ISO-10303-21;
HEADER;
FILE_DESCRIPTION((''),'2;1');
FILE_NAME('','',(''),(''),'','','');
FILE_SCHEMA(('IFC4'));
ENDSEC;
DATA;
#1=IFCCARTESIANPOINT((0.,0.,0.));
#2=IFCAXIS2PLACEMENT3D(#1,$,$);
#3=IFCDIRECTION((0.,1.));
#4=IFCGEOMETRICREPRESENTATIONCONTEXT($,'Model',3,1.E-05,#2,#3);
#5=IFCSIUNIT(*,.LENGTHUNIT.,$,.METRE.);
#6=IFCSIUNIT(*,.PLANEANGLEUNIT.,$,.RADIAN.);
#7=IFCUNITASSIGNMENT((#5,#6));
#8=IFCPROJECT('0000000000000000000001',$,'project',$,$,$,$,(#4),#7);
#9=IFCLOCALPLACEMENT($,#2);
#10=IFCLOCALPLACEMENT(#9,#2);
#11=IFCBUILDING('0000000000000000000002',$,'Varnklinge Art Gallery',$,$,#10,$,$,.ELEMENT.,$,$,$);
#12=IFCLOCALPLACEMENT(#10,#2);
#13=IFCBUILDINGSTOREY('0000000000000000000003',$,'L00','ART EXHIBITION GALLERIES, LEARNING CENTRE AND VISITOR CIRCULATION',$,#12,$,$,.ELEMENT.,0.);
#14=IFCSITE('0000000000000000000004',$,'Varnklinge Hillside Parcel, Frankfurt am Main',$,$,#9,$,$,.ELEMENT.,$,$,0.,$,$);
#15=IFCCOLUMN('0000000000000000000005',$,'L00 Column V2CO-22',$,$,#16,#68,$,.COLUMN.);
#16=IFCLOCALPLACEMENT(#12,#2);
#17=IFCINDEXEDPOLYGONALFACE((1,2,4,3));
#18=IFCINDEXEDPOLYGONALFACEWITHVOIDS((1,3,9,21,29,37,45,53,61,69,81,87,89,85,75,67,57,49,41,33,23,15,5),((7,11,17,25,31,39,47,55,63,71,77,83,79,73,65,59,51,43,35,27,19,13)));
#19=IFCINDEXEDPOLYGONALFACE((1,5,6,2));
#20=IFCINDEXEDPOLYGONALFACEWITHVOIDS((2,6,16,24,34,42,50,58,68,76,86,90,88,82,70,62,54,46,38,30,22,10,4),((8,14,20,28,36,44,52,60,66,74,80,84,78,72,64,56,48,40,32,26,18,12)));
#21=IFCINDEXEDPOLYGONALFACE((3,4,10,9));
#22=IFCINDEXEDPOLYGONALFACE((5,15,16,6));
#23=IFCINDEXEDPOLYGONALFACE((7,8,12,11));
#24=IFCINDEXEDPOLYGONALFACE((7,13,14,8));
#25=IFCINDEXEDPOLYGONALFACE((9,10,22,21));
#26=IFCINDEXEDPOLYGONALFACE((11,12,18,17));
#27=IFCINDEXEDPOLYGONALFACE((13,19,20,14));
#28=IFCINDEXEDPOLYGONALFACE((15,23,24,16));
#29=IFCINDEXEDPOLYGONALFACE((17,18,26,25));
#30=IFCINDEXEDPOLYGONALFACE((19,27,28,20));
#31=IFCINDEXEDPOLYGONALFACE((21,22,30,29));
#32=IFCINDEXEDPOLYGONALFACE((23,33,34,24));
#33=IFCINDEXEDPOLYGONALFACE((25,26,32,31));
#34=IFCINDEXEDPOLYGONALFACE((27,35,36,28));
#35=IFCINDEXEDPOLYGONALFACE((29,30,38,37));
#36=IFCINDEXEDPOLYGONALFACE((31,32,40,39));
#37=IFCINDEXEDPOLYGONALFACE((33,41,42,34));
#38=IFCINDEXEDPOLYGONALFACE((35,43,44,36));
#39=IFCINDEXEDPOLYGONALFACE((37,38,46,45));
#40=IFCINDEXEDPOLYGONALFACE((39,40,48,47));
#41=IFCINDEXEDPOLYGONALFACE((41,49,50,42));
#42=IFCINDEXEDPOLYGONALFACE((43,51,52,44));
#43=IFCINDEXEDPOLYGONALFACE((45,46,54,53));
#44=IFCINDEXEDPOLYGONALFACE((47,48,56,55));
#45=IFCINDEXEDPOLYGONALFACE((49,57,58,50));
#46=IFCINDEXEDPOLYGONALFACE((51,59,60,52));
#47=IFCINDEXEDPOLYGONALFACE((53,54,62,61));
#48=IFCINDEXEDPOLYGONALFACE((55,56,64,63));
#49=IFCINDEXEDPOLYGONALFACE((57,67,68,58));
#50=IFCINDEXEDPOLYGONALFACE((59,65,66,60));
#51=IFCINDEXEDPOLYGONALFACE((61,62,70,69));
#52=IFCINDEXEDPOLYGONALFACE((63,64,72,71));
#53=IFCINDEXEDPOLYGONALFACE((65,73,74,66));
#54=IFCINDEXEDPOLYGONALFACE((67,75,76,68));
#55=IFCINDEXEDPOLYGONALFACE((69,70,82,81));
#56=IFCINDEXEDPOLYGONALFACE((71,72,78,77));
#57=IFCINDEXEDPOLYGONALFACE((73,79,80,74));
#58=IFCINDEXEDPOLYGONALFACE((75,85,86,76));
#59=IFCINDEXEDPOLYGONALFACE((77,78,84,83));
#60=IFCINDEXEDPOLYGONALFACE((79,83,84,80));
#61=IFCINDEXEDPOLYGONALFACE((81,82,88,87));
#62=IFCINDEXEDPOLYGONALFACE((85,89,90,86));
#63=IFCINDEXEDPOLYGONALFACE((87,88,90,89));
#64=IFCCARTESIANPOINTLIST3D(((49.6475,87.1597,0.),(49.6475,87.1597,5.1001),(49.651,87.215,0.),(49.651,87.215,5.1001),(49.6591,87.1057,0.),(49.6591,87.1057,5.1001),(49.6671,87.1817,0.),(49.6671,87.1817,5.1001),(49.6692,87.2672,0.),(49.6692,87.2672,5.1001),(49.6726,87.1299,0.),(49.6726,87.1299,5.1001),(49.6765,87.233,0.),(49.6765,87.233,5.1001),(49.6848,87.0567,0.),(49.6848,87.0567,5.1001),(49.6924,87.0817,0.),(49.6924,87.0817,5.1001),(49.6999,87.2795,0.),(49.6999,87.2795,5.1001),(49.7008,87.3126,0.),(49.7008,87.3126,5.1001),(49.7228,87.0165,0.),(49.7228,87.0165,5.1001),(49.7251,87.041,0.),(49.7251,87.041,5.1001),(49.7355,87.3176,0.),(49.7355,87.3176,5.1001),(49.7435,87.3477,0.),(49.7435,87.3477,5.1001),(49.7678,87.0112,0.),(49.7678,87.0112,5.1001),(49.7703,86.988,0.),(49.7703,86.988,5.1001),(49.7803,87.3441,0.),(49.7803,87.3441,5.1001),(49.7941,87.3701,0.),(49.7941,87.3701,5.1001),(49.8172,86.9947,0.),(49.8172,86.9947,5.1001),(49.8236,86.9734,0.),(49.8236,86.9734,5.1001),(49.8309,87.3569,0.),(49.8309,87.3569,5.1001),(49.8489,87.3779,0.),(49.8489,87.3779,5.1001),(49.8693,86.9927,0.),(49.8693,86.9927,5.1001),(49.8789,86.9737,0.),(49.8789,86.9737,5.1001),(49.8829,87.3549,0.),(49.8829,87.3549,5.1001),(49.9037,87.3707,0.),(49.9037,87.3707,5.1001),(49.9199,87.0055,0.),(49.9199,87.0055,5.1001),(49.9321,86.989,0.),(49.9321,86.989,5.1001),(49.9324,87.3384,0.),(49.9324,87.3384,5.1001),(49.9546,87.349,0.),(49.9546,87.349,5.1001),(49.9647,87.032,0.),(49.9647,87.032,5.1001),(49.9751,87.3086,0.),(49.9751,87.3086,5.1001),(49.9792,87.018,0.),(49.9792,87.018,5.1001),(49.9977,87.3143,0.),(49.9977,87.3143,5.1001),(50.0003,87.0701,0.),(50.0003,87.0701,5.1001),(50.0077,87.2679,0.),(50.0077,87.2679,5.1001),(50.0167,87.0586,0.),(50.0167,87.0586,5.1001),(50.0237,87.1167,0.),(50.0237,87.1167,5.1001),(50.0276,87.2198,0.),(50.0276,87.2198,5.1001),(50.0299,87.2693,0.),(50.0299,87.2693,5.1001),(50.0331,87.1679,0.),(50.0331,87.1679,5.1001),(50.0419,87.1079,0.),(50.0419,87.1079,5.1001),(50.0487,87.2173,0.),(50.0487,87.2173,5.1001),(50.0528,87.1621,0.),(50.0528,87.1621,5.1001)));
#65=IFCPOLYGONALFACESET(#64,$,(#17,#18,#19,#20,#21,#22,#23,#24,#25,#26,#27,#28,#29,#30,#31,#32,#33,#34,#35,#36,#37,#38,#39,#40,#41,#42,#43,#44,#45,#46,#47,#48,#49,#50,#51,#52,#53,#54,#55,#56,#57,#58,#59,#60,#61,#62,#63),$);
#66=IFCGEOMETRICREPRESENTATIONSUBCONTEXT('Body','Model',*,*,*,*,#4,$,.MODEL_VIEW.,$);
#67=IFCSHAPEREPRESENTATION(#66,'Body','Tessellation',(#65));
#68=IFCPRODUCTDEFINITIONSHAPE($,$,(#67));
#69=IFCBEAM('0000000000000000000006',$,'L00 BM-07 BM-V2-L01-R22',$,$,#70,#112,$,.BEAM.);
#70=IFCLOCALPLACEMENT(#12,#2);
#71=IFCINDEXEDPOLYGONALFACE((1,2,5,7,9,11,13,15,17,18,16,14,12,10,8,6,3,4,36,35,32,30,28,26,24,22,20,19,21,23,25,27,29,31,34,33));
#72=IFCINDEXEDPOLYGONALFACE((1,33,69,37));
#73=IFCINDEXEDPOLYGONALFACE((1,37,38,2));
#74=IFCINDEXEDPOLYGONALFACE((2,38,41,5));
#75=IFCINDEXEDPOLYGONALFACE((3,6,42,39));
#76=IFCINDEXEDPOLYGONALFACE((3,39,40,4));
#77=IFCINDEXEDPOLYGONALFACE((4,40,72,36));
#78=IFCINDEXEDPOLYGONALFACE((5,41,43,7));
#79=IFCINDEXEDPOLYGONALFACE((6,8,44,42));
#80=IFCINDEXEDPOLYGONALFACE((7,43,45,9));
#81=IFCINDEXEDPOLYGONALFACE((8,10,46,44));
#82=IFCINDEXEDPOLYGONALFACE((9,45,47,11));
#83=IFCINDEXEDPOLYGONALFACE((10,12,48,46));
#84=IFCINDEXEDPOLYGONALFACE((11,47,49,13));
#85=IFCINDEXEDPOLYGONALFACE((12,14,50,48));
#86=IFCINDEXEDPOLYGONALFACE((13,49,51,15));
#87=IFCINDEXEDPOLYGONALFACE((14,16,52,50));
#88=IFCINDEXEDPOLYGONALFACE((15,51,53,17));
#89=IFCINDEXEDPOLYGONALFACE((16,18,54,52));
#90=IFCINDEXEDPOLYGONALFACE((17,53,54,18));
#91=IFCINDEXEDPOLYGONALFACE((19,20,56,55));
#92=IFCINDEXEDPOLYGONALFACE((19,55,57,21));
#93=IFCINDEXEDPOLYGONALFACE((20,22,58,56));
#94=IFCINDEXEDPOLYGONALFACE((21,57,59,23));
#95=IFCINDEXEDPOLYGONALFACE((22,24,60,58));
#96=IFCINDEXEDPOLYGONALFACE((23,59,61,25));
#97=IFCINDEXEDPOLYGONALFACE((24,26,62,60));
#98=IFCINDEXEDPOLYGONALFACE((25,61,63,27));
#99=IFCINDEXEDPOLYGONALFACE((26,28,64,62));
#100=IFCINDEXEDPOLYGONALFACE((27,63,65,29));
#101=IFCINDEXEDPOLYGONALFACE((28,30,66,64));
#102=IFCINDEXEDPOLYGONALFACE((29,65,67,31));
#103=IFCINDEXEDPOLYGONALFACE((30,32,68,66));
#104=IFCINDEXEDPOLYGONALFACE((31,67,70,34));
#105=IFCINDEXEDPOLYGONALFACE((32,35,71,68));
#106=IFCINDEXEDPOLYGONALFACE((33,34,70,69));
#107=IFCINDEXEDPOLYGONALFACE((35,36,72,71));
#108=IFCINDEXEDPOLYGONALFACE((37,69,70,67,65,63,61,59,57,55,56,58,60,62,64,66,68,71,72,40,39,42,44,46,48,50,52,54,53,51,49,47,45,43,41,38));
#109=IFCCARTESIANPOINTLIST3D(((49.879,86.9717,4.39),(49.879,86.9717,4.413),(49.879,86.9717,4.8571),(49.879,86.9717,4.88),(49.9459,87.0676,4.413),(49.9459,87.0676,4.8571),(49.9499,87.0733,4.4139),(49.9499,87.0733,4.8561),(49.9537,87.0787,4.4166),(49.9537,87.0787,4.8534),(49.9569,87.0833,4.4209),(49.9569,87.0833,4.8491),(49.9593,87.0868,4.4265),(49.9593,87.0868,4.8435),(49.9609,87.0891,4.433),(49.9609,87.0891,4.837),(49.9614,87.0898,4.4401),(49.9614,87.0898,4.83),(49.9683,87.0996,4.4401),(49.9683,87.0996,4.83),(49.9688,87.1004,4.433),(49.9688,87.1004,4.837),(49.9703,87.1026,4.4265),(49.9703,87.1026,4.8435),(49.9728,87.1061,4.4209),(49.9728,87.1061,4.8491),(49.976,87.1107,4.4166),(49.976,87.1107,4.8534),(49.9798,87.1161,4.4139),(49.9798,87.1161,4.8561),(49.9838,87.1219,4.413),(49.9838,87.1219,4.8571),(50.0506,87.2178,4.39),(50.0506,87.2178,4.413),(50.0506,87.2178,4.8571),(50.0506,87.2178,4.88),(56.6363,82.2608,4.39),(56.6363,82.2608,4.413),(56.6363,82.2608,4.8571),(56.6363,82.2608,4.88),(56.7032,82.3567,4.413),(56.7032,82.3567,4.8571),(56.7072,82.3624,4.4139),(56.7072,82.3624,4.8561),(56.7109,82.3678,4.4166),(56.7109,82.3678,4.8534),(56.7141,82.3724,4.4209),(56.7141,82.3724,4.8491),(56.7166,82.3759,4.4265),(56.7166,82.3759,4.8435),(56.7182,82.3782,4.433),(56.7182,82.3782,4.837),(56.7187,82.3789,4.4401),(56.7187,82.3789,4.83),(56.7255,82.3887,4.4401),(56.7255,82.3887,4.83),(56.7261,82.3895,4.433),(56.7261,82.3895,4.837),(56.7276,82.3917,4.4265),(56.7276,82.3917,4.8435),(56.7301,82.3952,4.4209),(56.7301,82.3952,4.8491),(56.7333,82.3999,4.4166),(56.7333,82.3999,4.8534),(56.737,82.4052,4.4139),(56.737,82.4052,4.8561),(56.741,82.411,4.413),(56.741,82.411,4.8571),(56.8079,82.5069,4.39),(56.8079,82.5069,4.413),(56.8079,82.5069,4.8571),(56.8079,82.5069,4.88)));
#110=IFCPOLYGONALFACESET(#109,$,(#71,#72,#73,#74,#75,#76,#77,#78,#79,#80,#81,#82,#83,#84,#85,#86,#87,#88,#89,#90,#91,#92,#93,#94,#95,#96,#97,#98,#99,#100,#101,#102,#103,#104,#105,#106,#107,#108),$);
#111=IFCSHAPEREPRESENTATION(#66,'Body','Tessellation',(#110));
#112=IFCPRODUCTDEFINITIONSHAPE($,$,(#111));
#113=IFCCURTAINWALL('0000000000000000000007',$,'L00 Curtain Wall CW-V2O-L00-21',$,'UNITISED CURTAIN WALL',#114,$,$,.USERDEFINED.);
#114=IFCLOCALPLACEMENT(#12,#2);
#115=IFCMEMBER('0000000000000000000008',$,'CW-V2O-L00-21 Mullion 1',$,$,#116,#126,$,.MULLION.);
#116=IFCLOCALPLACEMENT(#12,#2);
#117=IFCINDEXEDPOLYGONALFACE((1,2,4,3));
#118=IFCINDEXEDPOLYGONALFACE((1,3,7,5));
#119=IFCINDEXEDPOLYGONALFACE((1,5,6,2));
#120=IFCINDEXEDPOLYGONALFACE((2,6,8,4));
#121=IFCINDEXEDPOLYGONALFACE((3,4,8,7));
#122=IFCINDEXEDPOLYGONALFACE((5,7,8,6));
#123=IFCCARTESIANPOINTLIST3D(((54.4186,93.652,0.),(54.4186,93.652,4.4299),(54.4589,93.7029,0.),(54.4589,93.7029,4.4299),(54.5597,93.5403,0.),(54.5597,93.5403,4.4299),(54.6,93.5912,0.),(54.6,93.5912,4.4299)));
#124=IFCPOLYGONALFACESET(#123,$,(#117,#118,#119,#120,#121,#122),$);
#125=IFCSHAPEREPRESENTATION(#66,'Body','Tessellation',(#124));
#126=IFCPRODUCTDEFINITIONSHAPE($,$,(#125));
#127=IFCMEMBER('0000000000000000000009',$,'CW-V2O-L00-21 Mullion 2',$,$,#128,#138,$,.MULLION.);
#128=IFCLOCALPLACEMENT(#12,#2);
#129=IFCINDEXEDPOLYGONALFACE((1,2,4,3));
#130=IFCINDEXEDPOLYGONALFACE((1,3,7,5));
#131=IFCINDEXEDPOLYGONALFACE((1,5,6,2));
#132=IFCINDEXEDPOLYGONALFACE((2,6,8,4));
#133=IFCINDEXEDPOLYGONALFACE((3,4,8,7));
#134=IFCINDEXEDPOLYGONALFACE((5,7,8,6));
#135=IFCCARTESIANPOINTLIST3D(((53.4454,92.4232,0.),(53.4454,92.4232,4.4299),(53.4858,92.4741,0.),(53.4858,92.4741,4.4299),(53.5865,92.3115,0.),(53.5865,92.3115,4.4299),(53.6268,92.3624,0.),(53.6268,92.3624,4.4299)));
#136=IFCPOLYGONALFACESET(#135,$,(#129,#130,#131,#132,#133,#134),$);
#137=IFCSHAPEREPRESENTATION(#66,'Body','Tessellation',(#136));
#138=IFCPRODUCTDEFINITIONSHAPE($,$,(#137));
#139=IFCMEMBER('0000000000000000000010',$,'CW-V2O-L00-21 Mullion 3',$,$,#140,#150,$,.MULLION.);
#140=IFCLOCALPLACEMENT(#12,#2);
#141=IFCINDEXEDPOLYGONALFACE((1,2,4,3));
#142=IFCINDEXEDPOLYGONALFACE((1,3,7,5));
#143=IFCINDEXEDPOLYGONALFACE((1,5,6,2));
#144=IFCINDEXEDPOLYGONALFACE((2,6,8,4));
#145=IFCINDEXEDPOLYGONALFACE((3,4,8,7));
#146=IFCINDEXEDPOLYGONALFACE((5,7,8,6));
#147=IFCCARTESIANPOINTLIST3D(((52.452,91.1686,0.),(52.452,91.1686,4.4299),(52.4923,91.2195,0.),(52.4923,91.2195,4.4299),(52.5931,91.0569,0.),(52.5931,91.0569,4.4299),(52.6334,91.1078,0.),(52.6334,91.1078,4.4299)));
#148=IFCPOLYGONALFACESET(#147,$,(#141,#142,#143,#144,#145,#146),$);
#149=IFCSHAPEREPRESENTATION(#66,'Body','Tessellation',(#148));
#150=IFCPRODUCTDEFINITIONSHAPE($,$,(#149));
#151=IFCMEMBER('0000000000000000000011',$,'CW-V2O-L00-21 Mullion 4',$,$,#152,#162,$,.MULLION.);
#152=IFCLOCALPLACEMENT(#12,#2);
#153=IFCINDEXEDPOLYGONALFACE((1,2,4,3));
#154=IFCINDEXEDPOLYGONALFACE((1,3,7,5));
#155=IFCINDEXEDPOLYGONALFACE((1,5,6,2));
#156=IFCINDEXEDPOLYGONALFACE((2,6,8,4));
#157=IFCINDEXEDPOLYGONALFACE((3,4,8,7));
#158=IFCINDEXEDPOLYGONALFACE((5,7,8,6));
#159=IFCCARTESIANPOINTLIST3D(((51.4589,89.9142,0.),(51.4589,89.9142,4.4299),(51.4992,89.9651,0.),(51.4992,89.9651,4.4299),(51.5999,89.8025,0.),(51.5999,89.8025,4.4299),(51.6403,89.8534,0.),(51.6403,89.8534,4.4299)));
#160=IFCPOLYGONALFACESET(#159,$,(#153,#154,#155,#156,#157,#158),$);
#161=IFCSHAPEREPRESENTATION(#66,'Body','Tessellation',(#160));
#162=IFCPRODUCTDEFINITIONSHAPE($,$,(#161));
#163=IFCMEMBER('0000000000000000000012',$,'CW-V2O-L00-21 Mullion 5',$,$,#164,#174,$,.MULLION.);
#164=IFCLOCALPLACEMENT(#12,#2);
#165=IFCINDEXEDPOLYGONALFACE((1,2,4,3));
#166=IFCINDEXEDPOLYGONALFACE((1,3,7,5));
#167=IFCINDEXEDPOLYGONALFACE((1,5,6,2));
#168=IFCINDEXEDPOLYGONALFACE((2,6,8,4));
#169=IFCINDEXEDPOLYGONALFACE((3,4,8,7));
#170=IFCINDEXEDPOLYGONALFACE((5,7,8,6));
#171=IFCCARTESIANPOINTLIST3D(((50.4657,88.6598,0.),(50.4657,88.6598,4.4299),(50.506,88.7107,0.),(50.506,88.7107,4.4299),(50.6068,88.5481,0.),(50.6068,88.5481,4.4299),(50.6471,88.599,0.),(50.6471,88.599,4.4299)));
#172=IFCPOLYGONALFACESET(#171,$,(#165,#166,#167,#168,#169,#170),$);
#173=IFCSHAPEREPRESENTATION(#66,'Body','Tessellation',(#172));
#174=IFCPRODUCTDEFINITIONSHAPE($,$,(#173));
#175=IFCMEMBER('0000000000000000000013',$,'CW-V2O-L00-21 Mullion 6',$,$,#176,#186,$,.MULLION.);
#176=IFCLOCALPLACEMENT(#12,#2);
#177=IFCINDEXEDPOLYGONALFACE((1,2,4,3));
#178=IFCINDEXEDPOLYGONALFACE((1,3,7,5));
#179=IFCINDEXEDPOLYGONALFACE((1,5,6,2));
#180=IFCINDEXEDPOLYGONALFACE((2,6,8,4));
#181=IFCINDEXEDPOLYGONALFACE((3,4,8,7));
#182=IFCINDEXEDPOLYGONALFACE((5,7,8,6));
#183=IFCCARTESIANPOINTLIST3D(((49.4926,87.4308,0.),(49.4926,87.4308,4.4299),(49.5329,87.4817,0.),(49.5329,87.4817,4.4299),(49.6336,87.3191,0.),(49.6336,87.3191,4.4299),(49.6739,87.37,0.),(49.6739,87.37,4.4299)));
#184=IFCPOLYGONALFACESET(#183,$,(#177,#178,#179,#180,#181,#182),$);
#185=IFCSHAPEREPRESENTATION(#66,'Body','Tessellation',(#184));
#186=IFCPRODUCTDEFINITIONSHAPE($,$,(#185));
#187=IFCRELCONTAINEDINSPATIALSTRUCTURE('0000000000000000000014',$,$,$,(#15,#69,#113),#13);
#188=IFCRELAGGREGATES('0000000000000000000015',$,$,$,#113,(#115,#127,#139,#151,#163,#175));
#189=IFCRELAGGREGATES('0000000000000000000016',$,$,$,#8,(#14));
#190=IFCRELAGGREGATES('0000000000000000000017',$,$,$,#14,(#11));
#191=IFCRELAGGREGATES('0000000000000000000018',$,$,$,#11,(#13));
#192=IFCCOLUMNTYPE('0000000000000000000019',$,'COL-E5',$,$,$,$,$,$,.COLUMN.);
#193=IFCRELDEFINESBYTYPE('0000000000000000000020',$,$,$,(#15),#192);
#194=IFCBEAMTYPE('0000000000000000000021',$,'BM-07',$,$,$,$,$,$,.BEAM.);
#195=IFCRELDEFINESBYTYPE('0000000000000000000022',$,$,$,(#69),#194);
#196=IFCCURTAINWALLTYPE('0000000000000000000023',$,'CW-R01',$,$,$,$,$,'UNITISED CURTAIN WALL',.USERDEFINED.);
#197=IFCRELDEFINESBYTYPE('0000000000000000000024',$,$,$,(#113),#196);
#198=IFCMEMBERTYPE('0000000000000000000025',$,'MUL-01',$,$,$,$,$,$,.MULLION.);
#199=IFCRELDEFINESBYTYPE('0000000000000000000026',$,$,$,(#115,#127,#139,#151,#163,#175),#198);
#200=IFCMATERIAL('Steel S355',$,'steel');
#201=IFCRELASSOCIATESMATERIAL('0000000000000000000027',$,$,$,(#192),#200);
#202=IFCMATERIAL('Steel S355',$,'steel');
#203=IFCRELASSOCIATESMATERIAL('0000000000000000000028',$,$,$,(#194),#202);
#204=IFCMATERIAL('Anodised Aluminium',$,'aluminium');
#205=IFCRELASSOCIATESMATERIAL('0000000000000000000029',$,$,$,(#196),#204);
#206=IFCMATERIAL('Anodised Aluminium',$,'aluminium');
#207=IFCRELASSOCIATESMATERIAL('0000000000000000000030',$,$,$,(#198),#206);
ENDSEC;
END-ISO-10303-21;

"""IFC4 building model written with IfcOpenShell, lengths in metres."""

from ifc_helpers import new_model, si_unit, direction, frame, origin, origin_2d, place, context, subcontext, project, spatial, rectangle, hollow_circle, i_section, extrude, material, material_profile, profile_set, type_object, element, aggregate, save


model = new_model("IFC4")

# Units and contexts
model_context = context("Model", 3, precision=1e-05, world=origin(), true_north=direction((0.0, 1.0)))
body_context = subcontext(model_context, "Body", "Model", "MODEL_VIEW")
ifc_project = project(units=[si_unit("LENGTHUNIT", "METRE"), si_unit("PLANEANGLEUNIT", "RADIAN")], contexts=[model_context])

# Site, building, storey
site_placement = place(None, origin())
site = spatial("IfcSite", under=ifc_project, at=site_placement, Name="Varnklinge Hillside Parcel, Frankfurt am Main", CompositionType="ELEMENT", RefElevation=0.0)
building_placement = place(site_placement, origin())
building = spatial("IfcBuilding", under=site, at=building_placement, Name="Varnklinge Art Gallery", CompositionType="ELEMENT")
storey_placement = place(building_placement, origin())
storey = spatial("IfcBuildingStorey", under=building, at=storey_placement, Name="L00", Description="ART EXHIBITION GALLERIES, LEARNING CENTRE AND VISITOR CIRCULATION", CompositionType="ELEMENT", Elevation=0.0)

# Column
ifc_material_1 = material(Name="Steel S355", Category="steel")
ifc_material_profile_1 = material_profile(ifc_material_1, hollow_circle(Radius=0.2031, WallThickness=0.02, at=origin_2d()), Name="CHS 406.4x20")
ifc_profile_set_1 = profile_set([ifc_material_profile_1], Name="Steel S355")
column_type = type_object("IfcColumnType", Name="COL-E5", PredefinedType="COLUMN", material=ifc_profile_set_1)
column_placement = place(storey_placement, frame((49.8501, 87.1748, 0.0), z_axis=(0.0, 0.0, 1.0), x_axis=(0.820352, -0.57186, 0.0)))
element("IfcColumn", 1, at=column_placement, inside=storey, type_object=column_type, Name="L00 Column V2CO-22", PredefinedType="COLUMN", context=body_context, shape_type="SweptSolid", body=[
    extrude(hollow_circle(Radius=0.2031, WallThickness=0.02, at=origin_2d()), origin(), (0.0, 0.0, 1.0), 5.1001),
])

# Beam
ifc_material_2 = material(Name="Steel S355", Category="steel")
ifc_material_profile_2 = material_profile(ifc_material_2, i_section(OverallWidth=0.3, OverallDepth=0.49, WebThickness=0.012, FlangeThickness=0.0229, FilletRadius=0.0271, at=origin_2d()), Name="HEA 500")
ifc_profile_set_2 = profile_set([ifc_material_profile_2], Name="Steel S355")
beam_type_1 = type_object("IfcBeamType", Name="BM-07", PredefinedType="BEAM", material=ifc_profile_set_2)
beam_1_placement = place(storey_placement, frame((49.9648, 87.0947, 4.635), z_axis=(0.820325, -0.571898, 0.0), x_axis=(0.571898, 0.820325, 0.0)))
element("IfcBeam", 2, at=beam_1_placement, inside=storey, type_object=beam_type_1, Name="L00 BM-07 BM-V2-L01-R22", PredefinedType="BEAM", context=body_context, shape_type="SweptSolid", body=[
    extrude(i_section(OverallWidth=0.3, OverallDepth=0.49, WebThickness=0.012, FlangeThickness=0.0229, FilletRadius=0.0271, at=origin_2d()), origin(), (0.0, 0.0, 1.0), 8.2373),
])

# Curtain wall, members
ifc_material_3 = material(Name="Anodised Aluminium", Category="aluminium")
curtain_wall_type = type_object("IfcCurtainWallType", Name="CW-R01", ElementType="UNITISED CURTAIN WALL", PredefinedType="USERDEFINED", material=ifc_material_3)
curtain_wall_placement = place(storey_placement, origin())
curtain_wall = element("IfcCurtainWall", 3, at=curtain_wall_placement, inside=storey, type_object=curtain_wall_type, Name="L00 Curtain Wall CW-V2O-L00-21", ObjectType="UNITISED CURTAIN WALL", PredefinedType="USERDEFINED")
ifc_material_4 = material(Name="Anodised Aluminium", Category="aluminium")
ifc_material_profile_3 = material_profile(ifc_material_4, rectangle(XDim=0.0649, YDim=0.1799, at=origin_2d()), Name="ALU 65x180")
ifc_profile_set_3 = profile_set([ifc_material_profile_3], Name="Anodised Aluminium")
member_type_1 = type_object("IfcMemberType", Name="MUL-01", PredefinedType="MULLION", material=ifc_profile_set_3)
member_1_placement = place(storey_placement, frame((54.5093, 93.6216, 0.0), z_axis=(0.0, 0.0, 1.0), x_axis=(-0.620737, -0.784019, 0.0)))
member_1 = element("IfcMember", 4, at=member_1_placement, type_object=member_type_1, Name="CW-V2O-L00-21 Mullion 1", PredefinedType="MULLION", context=body_context, shape_type="SweptSolid", body=[
    extrude(rectangle(XDim=0.0649, YDim=0.1799, at=origin_2d()), origin(), (0.0, 0.0, 1.0), 4.4299),
])
member_2_placement = place(storey_placement, frame((53.5361, 92.3928, 0.0), z_axis=(0.0, 0.0, 1.0), x_axis=(-0.620737, -0.784019, 0.0)))
member_2 = element("IfcMember", 5, at=member_2_placement, type_object=member_type_1, Name="CW-V2O-L00-21 Mullion 2", PredefinedType="MULLION", context=body_context, shape_type="SweptSolid", body=[
    extrude(rectangle(XDim=0.0649, YDim=0.1799, at=origin_2d()), origin(), (0.0, 0.0, 1.0), 4.4299),
])
member_3_placement = place(storey_placement, frame((52.5427, 91.1382, 0.0), z_axis=(0.0, 0.0, 1.0), x_axis=(-0.620737, -0.784019, 0.0)))
member_3 = element("IfcMember", 6, at=member_3_placement, type_object=member_type_1, Name="CW-V2O-L00-21 Mullion 3", PredefinedType="MULLION", context=body_context, shape_type="SweptSolid", body=[
    extrude(rectangle(XDim=0.0649, YDim=0.1799, at=origin_2d()), origin(), (0.0, 0.0, 1.0), 4.4299),
])
member_4_placement = place(storey_placement, frame((51.5496, 89.8838, 0.0), z_axis=(0.0, 0.0, 1.0), x_axis=(-0.620737, -0.784019, 0.0)))
member_4 = element("IfcMember", 7, at=member_4_placement, type_object=member_type_1, Name="CW-V2O-L00-21 Mullion 4", PredefinedType="MULLION", context=body_context, shape_type="SweptSolid", body=[
    extrude(rectangle(XDim=0.0649, YDim=0.1799, at=origin_2d()), origin(), (0.0, 0.0, 1.0), 4.4299),
])
member_5_placement = place(storey_placement, frame((50.5564, 88.6294, 0.0), z_axis=(0.0, 0.0, 1.0), x_axis=(-0.620737, -0.784019, 0.0)))
member_5 = element("IfcMember", 8, at=member_5_placement, type_object=member_type_1, Name="CW-V2O-L00-21 Mullion 5", PredefinedType="MULLION", context=body_context, shape_type="SweptSolid", body=[
    extrude(rectangle(XDim=0.0649, YDim=0.1799, at=origin_2d()), origin(), (0.0, 0.0, 1.0), 4.4299),
])
member_6_placement = place(storey_placement, frame((49.5833, 87.4004, 0.0), z_axis=(0.0, 0.0, 1.0), x_axis=(-0.620737, -0.784019, 0.0)))
member_6 = element("IfcMember", 9, at=member_6_placement, type_object=member_type_1, Name="CW-V2O-L00-21 Mullion 6", PredefinedType="MULLION", context=body_context, shape_type="SweptSolid", body=[
    extrude(rectangle(XDim=0.0649, YDim=0.1799, at=origin_2d()), origin(), (0.0, 0.0, 1.0), 4.4299),
])

aggregate(curtain_wall, [member_1, member_2, member_3, member_4, member_5, member_6])

save(model, "model.ifc")
